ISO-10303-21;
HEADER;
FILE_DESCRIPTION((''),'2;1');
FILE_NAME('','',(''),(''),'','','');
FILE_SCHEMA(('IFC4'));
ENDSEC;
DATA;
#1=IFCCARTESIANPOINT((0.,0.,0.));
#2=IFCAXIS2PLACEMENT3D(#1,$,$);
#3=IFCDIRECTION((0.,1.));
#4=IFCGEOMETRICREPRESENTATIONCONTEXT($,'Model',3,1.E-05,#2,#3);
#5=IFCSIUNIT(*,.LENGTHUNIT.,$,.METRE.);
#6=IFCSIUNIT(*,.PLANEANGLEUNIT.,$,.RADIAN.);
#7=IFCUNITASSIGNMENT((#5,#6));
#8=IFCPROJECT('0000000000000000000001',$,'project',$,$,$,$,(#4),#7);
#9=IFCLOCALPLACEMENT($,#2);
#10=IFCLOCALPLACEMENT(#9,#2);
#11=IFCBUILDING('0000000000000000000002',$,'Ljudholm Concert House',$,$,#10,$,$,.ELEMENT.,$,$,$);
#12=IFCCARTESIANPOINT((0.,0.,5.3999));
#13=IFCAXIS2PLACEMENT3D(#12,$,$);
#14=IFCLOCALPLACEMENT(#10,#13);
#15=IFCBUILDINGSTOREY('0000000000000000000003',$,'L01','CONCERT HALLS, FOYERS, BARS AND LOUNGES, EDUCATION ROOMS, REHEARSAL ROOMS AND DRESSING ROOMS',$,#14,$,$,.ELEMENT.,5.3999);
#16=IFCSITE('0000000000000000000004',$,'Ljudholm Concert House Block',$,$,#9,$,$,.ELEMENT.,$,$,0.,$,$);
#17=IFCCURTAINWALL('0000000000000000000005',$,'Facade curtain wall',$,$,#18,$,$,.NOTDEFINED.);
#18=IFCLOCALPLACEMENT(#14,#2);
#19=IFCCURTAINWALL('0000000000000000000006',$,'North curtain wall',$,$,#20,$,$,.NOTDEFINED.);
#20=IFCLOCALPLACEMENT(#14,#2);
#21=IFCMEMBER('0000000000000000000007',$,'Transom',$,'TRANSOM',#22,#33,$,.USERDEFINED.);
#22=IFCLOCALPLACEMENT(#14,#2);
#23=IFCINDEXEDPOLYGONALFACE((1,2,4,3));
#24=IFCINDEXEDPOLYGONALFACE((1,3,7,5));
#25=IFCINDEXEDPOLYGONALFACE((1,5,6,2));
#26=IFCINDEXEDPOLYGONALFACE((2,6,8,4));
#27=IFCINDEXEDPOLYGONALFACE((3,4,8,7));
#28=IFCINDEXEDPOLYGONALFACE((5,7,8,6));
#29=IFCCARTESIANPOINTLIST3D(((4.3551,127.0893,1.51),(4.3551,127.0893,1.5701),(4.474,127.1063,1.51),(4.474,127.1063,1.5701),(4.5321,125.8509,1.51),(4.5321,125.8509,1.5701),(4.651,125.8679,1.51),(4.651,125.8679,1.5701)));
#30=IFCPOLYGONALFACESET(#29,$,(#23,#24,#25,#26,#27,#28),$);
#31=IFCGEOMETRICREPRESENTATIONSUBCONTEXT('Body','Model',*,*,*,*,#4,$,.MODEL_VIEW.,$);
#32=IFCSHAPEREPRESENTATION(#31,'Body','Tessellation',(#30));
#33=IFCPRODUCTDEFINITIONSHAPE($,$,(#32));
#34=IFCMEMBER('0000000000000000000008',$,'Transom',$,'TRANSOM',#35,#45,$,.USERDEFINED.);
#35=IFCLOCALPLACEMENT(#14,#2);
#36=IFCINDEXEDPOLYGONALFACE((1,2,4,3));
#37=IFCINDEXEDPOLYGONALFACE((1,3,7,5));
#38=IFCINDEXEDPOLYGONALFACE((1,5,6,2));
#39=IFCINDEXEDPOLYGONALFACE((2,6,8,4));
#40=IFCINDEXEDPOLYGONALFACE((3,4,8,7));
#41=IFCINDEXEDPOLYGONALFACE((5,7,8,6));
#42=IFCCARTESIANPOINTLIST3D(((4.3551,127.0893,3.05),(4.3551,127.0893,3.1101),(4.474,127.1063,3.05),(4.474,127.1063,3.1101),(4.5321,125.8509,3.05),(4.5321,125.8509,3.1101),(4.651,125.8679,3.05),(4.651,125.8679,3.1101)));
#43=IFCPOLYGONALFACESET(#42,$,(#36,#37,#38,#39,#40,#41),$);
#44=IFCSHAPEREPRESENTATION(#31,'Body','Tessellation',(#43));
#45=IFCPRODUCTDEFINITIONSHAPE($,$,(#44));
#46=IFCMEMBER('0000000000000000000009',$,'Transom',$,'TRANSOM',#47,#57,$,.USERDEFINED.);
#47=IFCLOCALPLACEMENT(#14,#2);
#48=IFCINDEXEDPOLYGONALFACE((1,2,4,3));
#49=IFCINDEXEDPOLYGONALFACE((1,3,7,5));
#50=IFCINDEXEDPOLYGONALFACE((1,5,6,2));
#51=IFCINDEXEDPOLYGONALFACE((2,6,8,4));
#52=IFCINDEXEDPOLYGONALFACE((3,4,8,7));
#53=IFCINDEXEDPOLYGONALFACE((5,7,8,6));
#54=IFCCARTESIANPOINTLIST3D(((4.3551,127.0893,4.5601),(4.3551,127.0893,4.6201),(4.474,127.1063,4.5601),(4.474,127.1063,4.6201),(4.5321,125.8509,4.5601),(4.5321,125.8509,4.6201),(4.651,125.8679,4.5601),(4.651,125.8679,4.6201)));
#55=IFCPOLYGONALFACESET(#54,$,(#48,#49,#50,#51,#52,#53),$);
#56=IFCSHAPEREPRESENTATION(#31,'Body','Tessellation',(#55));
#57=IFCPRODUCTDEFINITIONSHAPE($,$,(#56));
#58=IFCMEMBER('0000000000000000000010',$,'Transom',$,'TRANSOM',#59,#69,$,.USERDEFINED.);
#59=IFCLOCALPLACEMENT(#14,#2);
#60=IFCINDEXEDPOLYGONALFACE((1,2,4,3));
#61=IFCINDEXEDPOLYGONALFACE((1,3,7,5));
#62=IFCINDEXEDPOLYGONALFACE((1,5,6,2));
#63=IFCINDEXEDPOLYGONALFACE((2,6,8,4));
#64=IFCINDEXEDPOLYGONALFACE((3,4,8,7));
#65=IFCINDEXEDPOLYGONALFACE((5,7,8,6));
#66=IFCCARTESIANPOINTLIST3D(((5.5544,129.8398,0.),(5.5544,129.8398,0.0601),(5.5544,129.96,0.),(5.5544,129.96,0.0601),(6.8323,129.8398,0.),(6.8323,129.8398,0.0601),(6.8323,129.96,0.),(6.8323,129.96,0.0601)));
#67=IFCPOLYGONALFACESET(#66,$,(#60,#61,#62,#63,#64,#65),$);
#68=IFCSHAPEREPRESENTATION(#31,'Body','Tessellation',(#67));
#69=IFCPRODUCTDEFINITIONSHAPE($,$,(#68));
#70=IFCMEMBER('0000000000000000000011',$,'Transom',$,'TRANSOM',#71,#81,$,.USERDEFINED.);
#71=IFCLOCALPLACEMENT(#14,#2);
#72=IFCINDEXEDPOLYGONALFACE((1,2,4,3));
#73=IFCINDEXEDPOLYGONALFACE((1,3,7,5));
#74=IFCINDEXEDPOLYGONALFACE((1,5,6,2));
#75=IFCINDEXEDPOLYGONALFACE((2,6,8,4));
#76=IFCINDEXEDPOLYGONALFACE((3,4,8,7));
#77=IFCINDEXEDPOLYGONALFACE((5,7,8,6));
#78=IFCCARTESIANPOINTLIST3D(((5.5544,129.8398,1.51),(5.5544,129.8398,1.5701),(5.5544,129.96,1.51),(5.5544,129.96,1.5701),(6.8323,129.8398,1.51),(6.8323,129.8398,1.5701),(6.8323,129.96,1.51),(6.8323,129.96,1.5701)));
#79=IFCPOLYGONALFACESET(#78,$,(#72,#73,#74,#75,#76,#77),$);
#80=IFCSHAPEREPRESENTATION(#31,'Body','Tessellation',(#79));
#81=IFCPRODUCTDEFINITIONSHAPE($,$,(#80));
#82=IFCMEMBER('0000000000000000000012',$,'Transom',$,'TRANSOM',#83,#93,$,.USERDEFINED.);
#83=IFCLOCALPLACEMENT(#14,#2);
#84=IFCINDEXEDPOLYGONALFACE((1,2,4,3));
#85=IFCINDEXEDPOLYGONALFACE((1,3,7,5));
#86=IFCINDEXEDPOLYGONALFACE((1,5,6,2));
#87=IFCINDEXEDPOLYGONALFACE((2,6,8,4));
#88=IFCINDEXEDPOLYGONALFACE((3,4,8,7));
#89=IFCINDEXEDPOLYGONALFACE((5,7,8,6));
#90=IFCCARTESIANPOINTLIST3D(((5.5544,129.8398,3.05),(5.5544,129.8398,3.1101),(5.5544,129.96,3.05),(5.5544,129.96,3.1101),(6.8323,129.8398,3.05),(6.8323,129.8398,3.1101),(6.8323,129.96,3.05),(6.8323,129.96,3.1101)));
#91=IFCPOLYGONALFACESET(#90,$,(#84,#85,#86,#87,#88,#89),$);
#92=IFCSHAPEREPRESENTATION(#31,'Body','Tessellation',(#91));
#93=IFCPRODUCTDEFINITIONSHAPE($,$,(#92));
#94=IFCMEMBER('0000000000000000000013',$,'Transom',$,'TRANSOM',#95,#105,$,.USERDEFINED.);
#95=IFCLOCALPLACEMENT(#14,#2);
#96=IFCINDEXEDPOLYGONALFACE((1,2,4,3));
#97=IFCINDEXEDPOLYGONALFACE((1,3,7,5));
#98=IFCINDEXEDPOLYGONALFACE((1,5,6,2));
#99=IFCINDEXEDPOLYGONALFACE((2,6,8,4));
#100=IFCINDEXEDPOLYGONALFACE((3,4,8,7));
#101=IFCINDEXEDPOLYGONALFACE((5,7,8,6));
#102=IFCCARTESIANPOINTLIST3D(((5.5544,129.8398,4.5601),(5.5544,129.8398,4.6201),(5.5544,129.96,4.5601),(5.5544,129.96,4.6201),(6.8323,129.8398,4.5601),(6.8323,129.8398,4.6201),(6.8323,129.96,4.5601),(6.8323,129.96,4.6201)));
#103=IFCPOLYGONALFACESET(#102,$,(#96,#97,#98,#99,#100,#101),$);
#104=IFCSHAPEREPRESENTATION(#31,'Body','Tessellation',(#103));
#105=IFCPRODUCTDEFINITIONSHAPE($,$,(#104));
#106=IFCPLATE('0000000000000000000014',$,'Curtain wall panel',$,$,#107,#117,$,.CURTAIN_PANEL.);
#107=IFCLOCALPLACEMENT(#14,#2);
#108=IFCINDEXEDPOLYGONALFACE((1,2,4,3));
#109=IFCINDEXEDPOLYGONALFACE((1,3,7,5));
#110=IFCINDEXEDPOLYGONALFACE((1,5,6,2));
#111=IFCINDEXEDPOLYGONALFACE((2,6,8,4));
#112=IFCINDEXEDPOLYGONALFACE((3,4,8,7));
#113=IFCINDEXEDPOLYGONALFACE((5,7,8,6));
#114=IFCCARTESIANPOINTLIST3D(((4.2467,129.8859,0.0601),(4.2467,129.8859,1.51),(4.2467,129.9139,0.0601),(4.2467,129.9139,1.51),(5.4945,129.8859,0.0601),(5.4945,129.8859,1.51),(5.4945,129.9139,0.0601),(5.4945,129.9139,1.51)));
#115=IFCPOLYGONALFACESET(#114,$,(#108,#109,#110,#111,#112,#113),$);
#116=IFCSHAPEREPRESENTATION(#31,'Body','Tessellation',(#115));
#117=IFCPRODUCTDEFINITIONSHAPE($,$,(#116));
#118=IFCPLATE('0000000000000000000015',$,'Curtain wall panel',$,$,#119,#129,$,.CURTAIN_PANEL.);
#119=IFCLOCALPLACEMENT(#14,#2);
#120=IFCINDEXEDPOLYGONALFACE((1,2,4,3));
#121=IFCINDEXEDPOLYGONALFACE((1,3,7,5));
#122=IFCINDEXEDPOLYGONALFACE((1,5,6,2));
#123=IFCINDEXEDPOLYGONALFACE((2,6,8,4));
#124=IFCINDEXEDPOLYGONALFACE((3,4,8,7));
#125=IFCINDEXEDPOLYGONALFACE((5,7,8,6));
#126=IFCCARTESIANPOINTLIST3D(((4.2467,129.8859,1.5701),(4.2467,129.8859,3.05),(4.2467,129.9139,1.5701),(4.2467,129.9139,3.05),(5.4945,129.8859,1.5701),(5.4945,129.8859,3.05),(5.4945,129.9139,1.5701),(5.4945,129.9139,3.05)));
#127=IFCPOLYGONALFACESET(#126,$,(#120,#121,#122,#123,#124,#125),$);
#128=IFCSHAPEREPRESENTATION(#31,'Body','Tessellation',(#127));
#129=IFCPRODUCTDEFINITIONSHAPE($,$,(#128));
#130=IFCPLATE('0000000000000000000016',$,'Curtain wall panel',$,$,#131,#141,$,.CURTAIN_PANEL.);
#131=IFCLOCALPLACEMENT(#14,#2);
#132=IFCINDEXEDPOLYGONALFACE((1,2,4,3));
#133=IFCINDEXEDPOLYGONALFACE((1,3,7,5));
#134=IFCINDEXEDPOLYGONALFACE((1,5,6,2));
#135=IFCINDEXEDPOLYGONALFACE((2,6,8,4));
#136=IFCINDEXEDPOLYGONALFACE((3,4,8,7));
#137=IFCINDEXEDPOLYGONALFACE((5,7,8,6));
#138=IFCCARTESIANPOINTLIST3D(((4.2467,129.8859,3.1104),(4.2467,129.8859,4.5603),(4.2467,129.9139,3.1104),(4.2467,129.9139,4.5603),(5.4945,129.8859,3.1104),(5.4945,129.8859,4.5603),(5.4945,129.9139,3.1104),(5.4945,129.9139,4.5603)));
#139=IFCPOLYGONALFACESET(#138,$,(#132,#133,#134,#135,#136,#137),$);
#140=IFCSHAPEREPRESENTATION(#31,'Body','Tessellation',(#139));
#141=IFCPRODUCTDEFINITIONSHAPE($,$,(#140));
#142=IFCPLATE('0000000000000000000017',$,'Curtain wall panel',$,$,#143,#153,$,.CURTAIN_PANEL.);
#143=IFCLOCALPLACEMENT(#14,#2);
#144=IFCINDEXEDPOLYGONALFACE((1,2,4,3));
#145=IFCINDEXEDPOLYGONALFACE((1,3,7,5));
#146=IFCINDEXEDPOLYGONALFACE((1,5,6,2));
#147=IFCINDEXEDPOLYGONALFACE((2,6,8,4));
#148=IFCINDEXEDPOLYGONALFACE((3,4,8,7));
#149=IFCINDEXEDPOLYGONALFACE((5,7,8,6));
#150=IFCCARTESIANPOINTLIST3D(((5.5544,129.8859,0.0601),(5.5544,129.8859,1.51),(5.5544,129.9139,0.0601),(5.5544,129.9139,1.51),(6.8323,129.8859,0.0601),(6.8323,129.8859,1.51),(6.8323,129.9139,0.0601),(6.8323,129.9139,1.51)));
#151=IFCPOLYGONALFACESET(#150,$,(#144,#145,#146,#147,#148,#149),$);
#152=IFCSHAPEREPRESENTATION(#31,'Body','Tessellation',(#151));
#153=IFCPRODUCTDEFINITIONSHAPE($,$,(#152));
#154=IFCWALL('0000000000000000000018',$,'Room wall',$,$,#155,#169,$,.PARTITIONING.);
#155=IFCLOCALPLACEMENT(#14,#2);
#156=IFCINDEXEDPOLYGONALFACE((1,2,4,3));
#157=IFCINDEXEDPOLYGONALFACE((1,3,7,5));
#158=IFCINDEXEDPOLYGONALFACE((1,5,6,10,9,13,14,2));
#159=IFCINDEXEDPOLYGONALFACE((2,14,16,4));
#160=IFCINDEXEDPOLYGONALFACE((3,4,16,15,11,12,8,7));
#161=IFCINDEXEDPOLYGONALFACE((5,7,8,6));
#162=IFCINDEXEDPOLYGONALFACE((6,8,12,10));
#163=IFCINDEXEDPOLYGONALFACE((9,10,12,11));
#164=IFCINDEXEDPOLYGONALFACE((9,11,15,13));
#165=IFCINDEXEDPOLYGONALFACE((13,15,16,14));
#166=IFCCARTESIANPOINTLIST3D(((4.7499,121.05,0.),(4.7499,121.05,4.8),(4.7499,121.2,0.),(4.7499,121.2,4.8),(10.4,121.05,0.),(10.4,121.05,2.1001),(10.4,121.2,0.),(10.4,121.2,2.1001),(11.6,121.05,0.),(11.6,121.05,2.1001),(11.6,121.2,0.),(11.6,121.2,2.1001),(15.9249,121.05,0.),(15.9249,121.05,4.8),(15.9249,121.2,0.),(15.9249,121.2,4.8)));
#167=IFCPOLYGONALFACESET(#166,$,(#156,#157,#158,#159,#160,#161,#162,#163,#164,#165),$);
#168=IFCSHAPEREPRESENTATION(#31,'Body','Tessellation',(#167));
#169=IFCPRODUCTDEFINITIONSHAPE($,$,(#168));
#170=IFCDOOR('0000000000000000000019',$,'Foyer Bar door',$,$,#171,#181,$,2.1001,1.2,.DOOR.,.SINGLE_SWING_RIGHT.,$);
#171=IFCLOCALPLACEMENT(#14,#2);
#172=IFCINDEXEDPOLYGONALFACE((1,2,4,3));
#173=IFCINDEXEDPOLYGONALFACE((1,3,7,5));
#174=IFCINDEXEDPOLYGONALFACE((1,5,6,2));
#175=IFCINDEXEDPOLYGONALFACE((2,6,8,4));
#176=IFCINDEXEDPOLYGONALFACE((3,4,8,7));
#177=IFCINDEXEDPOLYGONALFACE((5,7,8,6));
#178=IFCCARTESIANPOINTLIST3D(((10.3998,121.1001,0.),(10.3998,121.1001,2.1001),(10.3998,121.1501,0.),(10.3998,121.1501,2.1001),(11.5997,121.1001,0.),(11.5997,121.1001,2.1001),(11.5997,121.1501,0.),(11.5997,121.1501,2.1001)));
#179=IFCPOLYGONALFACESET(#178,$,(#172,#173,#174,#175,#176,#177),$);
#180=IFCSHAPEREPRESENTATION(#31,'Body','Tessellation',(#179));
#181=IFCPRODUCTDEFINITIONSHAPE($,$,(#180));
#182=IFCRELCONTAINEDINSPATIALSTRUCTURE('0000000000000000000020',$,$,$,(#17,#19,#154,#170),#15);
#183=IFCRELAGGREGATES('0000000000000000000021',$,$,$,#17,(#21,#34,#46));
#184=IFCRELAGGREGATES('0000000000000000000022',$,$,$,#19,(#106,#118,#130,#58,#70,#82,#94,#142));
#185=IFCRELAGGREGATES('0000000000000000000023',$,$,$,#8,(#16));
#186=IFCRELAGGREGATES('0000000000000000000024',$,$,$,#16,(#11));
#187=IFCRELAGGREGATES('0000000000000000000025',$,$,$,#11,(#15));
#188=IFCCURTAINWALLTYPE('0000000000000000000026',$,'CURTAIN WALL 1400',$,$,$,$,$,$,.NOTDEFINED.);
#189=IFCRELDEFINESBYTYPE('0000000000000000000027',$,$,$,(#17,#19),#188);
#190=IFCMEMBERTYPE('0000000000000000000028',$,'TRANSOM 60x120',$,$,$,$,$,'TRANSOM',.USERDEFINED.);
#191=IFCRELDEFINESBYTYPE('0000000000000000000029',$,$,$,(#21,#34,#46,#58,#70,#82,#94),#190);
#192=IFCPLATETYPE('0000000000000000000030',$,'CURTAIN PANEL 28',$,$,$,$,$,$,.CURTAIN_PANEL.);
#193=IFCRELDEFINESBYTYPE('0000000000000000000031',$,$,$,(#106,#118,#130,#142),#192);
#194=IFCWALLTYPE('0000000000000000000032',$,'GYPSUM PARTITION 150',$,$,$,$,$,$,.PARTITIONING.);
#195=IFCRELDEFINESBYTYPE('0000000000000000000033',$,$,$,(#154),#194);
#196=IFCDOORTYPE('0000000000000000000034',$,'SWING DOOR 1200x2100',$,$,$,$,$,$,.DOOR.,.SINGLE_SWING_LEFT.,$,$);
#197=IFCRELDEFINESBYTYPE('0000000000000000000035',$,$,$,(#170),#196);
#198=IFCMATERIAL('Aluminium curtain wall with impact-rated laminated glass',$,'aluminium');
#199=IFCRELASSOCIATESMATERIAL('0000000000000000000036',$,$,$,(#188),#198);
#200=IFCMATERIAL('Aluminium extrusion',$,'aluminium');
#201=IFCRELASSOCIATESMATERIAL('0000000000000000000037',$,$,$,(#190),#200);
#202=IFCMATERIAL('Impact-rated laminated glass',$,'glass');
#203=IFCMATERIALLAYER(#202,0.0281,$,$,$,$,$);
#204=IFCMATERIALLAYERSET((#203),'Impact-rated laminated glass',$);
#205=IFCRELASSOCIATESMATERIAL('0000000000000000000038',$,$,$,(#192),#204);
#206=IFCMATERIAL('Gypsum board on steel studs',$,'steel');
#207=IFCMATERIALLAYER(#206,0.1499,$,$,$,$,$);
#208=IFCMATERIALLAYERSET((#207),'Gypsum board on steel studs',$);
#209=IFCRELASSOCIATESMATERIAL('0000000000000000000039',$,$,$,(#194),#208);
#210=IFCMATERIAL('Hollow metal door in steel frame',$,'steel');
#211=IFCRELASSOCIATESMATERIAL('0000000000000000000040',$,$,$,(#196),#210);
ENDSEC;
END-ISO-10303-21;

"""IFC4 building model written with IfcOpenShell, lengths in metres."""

from ifc_helpers import new_model, si_unit, direction, frame, frame_2d, origin, origin_2d, place, context, subcontext, project, spatial, rectangle, extrude, material, layer, layer_set, material_profile, profile_set, type_object, element, fill, aggregate, save


model = new_model("IFC4")

# Units and contexts
model_context = context("Model", 3, precision=1e-05, world=origin(), true_north=direction((0.0, 1.0)))
body_context = subcontext(model_context, "Body", "Model", "MODEL_VIEW")
ifc_project = project(units=[si_unit("LENGTHUNIT", "METRE"), si_unit("PLANEANGLEUNIT", "RADIAN")], contexts=[model_context])

# Site, building, storey
site_placement = place(None, origin())
site = spatial("IfcSite", under=ifc_project, at=site_placement, Name="Ljudholm Concert House Block", CompositionType="ELEMENT", RefElevation=0.0)
building_placement = place(site_placement, origin())
building = spatial("IfcBuilding", under=site, at=building_placement, Name="Ljudholm Concert House", CompositionType="ELEMENT")
storey_placement = place(building_placement, frame((0.0, 0.0, 5.3999)))
storey = spatial("IfcBuildingStorey", under=building, at=storey_placement, Name="L01", Description="CONCERT HALLS, FOYERS, BARS AND LOUNGES, EDUCATION ROOMS, REHEARSAL ROOMS AND DRESSING ROOMS", CompositionType="ELEMENT", Elevation=5.3999)

# Curtain walls
ifc_material_1 = material(Name="Aluminium curtain wall with impact-rated laminated glass", Category="aluminium")
curtain_wall_type = type_object("IfcCurtainWallType", Name="CURTAIN WALL 1400", PredefinedType="NOTDEFINED", material=ifc_material_1)
curtain_wall_1_placement = place(storey_placement, origin())
curtain_wall_1 = element("IfcCurtainWall", 1, at=curtain_wall_1_placement, inside=storey, type_object=curtain_wall_type, Name="Facade curtain wall", PredefinedType="NOTDEFINED")
curtain_wall_2_placement = place(storey_placement, origin())
curtain_wall_2 = element("IfcCurtainWall", 2, at=curtain_wall_2_placement, inside=storey, type_object=curtain_wall_type, Name="North curtain wall", PredefinedType="NOTDEFINED")

# Members
ifc_material_2 = material(Name="Aluminium extrusion", Category="aluminium")
ifc_material_profile_1 = material_profile(ifc_material_2, rectangle(XDim=0.1201, YDim=0.0601, at=origin_2d()), Name="TRANSOM 60x120")
ifc_profile_set_1 = profile_set([ifc_material_profile_1], Name="Aluminium extrusion")
member_type_1 = type_object("IfcMemberType", Name="TRANSOM 60x120", ElementType="TRANSOM", PredefinedType="USERDEFINED", material=ifc_profile_set_1)
member_1_placement = place(storey_placement, frame((4.5916, 125.8594, 1.54), z_axis=(-0.141503, 0.989938, 0.0), x_axis=(-0.989938, -0.141503, 0.0)))
member_1 = element("IfcMember", 3, at=member_1_placement, type_object=member_type_1, Name="Transom", ObjectType="TRANSOM", PredefinedType="USERDEFINED", context=body_context, shape_type="SweptSolid", body=[
    extrude(rectangle(XDim=0.1201, YDim=0.0601, at=origin_2d()), origin(), (0.0, 0.0, 1.0), 1.251),
])
member_2_placement = place(storey_placement, frame((4.5916, 125.8594, 3.0801), z_axis=(-0.141503, 0.989938, 0.0), x_axis=(-0.989938, -0.141503, 0.0)))
member_2 = element("IfcMember", 4, at=member_2_placement, type_object=member_type_1, Name="Transom", ObjectType="TRANSOM", PredefinedType="USERDEFINED", context=body_context, shape_type="SweptSolid", body=[
    extrude(rectangle(XDim=0.1201, YDim=0.0601, at=origin_2d()), origin(), (0.0, 0.0, 1.0), 1.251),
])
member_3_placement = place(storey_placement, frame((4.5916, 125.8594, 4.5901), z_axis=(-0.141503, 0.989938, 0.0), x_axis=(-0.989938, -0.141503, 0.0)))
member_3 = element("IfcMember", 5, at=member_3_placement, type_object=member_type_1, Name="Transom", ObjectType="TRANSOM", PredefinedType="USERDEFINED", context=body_context, shape_type="SweptSolid", body=[
    extrude(rectangle(XDim=0.1201, YDim=0.0601, at=origin_2d()), origin(), (0.0, 0.0, 1.0), 1.251),
])
aggregate(curtain_wall_1, [member_1, member_2, member_3])
member_4_placement = place(storey_placement, frame((5.5544, 129.8999, 0.03), z_axis=(1.0, 0.0, 0.0), x_axis=(0.0, 1.0, 0.0)))
member_4 = element("IfcMember", 6, at=member_4_placement, type_object=member_type_1, Name="Transom", ObjectType="TRANSOM", PredefinedType="USERDEFINED", context=body_context, shape_type="SweptSolid", body=[
    extrude(rectangle(XDim=0.1201, YDim=0.0601, at=origin_2d()), origin(), (0.0, 0.0, 1.0), 1.2778),
])
member_5_placement = place(storey_placement, frame((5.5544, 129.8999, 1.54), z_axis=(1.0, 0.0, 0.0), x_axis=(0.0, 1.0, 0.0)))
member_5 = element("IfcMember", 7, at=member_5_placement, type_object=member_type_1, Name="Transom", ObjectType="TRANSOM", PredefinedType="USERDEFINED", context=body_context, shape_type="SweptSolid", body=[
    extrude(rectangle(XDim=0.1201, YDim=0.0601, at=origin_2d()), origin(), (0.0, 0.0, 1.0), 1.2778),
])
member_6_placement = place(storey_placement, frame((5.5544, 129.8999, 3.0801), z_axis=(1.0, 0.0, 0.0), x_axis=(0.0, 1.0, 0.0)))
member_6 = element("IfcMember", 8, at=member_6_placement, type_object=member_type_1, Name="Transom", ObjectType="TRANSOM", PredefinedType="USERDEFINED", context=body_context, shape_type="SweptSolid", body=[
    extrude(rectangle(XDim=0.1201, YDim=0.0601, at=origin_2d()), origin(), (0.0, 0.0, 1.0), 1.2778),
])
member_7_placement = place(storey_placement, frame((5.5544, 129.8999, 4.5901), z_axis=(1.0, 0.0, 0.0), x_axis=(0.0, 1.0, 0.0)))
member_7 = element("IfcMember", 9, at=member_7_placement, type_object=member_type_1, Name="Transom", ObjectType="TRANSOM", PredefinedType="USERDEFINED", context=body_context, shape_type="SweptSolid", body=[
    extrude(rectangle(XDim=0.1201, YDim=0.0601, at=origin_2d()), origin(), (0.0, 0.0, 1.0), 1.2778),
])

# Plates
ifc_material_3 = material(Name="Impact-rated laminated glass", Category="glass")
ifc_layer_1 = layer(ifc_material_3, 0.0281)
ifc_layer_set_1 = layer_set([ifc_layer_1], Name="Impact-rated laminated glass")
plate_type = type_object("IfcPlateType", Name="CURTAIN PANEL 28", PredefinedType="CURTAIN_PANEL", material=ifc_layer_set_1)
plate_1_placement = place(storey_placement, frame((4.8706, 129.8999, 0.0601), z_axis=(0.0, 0.0, 1.0), x_axis=(1.0, 0.0, 0.0)))
plate_1 = element("IfcPlate", 10, at=plate_1_placement, type_object=plate_type, Name="Curtain wall panel", PredefinedType="CURTAIN_PANEL", context=body_context, shape_type="SweptSolid", body=[
    extrude(rectangle(XDim=1.2478, YDim=0.0281, at=origin_2d()), origin(), (0.0, 0.0, 1.0), 1.45),
])
plate_2_placement = place(storey_placement, frame((4.8706, 129.8999, 1.5701), z_axis=(0.0, 0.0, 1.0), x_axis=(1.0, 0.0, 0.0)))
plate_2 = element("IfcPlate", 11, at=plate_2_placement, type_object=plate_type, Name="Curtain wall panel", PredefinedType="CURTAIN_PANEL", context=body_context, shape_type="SweptSolid", body=[
    extrude(rectangle(XDim=1.2478, YDim=0.0281, at=origin_2d()), origin(), (0.0, 0.0, 1.0), 1.48),
])
plate_3_placement = place(storey_placement, frame((4.8706, 129.8999, 3.1104), z_axis=(0.0, 0.0, 1.0), x_axis=(1.0, 0.0, 0.0)))
plate_3 = element("IfcPlate", 12, at=plate_3_placement, type_object=plate_type, Name="Curtain wall panel", PredefinedType="CURTAIN_PANEL", context=body_context, shape_type="SweptSolid", body=[
    extrude(rectangle(XDim=1.2478, YDim=0.0281, at=origin_2d()), origin(), (0.0, 0.0, 1.0), 1.45),
])
plate_4_placement = place(storey_placement, frame((6.1934, 129.8999, 0.0601), z_axis=(0.0, 0.0, 1.0), x_axis=(1.0, 0.0, 0.0)))
plate_4 = element("IfcPlate", 13, at=plate_4_placement, type_object=plate_type, Name="Curtain wall panel", PredefinedType="CURTAIN_PANEL", context=body_context, shape_type="SweptSolid", body=[
    extrude(rectangle(XDim=1.2778, YDim=0.0281, at=origin_2d()), origin(), (0.0, 0.0, 1.0), 1.45),
])
aggregate(curtain_wall_2, [plate_1, plate_2, plate_3, member_4, member_5, member_6, member_7, plate_4])

# Wall, opening, door
ifc_material_4 = material(Name="Gypsum board on steel studs", Category="steel")
ifc_layer_2 = layer(ifc_material_4, 0.1499)
ifc_layer_set_2 = layer_set([ifc_layer_2], Name="Gypsum board on steel studs")
wall_type_1 = type_object("IfcWallType", Name="GYPSUM PARTITION 150", PredefinedType="PARTITIONING", material=ifc_layer_set_2)
wall_1_placement = place(storey_placement, frame((4.75, 121.125, 0.0), z_axis=(0.0, 0.0, 1.0), x_axis=(1.0, 0.0, 0.0)))
wall_1 = element("IfcWall", 14, at=wall_1_placement, inside=storey, type_object=wall_type_1, Name="Room wall", PredefinedType="PARTITIONING", context=body_context, shape_type="SweptSolid", body=[
    extrude(rectangle(XDim=11.175, YDim=0.1499, at=frame_2d((5.5874, 0.0))), origin(), (0.0, 0.0, 1.0), 4.8),
])
opening_placement = place(wall_1_placement, frame((5.6499, 0.0, 0.0)))
opening = element("IfcOpeningElement", 15, at=opening_placement, cuts=wall_1, PredefinedType="OPENING", context=body_context, shape_type="SweptSolid", body=[
    extrude(rectangle(XDim=1.2, YDim=2.1001, at=frame_2d((0.6001, 1.05))), frame((0.0, 0.085, 0.0), z_axis=(0.0, -1.0, 0.0), x_axis=(1.0, 0.0, 0.0)), (0.0, 0.0, 1.0), 0.1699),
])
ifc_material_5 = material(Name="Hollow metal door in steel frame", Category="steel")
door_type = type_object("IfcDoorType", Name="SWING DOOR 1200x2100", OperationType="SINGLE_SWING_LEFT", PredefinedType="DOOR", material=ifc_material_5)
door_placement = place(opening_placement, frame((1.2, 0.0, 0.0), z_axis=(0.0, 0.0, 1.0), x_axis=(-1.0, 0.0, 0.0)))
door = element("IfcDoor", 16, at=door_placement, inside=storey, type_object=door_type, Name="Foyer Bar door", OperationType="SINGLE_SWING_RIGHT", OverallHeight=2.1001, OverallWidth=1.2, PredefinedType="DOOR", context=body_context, shape_type="SweptSolid", body=[
    extrude(rectangle(XDim=1.2, YDim=2.1001, at=frame_2d((0.6001, 1.05))), frame((0.0, 0.0249, 0.0), z_axis=(0.0, -1.0, 0.0), x_axis=(1.0, 0.0, 0.0)), (0.0, 0.0, 1.0), 0.05),
])
fill(opening, door)

save(model, "model.ifc")
